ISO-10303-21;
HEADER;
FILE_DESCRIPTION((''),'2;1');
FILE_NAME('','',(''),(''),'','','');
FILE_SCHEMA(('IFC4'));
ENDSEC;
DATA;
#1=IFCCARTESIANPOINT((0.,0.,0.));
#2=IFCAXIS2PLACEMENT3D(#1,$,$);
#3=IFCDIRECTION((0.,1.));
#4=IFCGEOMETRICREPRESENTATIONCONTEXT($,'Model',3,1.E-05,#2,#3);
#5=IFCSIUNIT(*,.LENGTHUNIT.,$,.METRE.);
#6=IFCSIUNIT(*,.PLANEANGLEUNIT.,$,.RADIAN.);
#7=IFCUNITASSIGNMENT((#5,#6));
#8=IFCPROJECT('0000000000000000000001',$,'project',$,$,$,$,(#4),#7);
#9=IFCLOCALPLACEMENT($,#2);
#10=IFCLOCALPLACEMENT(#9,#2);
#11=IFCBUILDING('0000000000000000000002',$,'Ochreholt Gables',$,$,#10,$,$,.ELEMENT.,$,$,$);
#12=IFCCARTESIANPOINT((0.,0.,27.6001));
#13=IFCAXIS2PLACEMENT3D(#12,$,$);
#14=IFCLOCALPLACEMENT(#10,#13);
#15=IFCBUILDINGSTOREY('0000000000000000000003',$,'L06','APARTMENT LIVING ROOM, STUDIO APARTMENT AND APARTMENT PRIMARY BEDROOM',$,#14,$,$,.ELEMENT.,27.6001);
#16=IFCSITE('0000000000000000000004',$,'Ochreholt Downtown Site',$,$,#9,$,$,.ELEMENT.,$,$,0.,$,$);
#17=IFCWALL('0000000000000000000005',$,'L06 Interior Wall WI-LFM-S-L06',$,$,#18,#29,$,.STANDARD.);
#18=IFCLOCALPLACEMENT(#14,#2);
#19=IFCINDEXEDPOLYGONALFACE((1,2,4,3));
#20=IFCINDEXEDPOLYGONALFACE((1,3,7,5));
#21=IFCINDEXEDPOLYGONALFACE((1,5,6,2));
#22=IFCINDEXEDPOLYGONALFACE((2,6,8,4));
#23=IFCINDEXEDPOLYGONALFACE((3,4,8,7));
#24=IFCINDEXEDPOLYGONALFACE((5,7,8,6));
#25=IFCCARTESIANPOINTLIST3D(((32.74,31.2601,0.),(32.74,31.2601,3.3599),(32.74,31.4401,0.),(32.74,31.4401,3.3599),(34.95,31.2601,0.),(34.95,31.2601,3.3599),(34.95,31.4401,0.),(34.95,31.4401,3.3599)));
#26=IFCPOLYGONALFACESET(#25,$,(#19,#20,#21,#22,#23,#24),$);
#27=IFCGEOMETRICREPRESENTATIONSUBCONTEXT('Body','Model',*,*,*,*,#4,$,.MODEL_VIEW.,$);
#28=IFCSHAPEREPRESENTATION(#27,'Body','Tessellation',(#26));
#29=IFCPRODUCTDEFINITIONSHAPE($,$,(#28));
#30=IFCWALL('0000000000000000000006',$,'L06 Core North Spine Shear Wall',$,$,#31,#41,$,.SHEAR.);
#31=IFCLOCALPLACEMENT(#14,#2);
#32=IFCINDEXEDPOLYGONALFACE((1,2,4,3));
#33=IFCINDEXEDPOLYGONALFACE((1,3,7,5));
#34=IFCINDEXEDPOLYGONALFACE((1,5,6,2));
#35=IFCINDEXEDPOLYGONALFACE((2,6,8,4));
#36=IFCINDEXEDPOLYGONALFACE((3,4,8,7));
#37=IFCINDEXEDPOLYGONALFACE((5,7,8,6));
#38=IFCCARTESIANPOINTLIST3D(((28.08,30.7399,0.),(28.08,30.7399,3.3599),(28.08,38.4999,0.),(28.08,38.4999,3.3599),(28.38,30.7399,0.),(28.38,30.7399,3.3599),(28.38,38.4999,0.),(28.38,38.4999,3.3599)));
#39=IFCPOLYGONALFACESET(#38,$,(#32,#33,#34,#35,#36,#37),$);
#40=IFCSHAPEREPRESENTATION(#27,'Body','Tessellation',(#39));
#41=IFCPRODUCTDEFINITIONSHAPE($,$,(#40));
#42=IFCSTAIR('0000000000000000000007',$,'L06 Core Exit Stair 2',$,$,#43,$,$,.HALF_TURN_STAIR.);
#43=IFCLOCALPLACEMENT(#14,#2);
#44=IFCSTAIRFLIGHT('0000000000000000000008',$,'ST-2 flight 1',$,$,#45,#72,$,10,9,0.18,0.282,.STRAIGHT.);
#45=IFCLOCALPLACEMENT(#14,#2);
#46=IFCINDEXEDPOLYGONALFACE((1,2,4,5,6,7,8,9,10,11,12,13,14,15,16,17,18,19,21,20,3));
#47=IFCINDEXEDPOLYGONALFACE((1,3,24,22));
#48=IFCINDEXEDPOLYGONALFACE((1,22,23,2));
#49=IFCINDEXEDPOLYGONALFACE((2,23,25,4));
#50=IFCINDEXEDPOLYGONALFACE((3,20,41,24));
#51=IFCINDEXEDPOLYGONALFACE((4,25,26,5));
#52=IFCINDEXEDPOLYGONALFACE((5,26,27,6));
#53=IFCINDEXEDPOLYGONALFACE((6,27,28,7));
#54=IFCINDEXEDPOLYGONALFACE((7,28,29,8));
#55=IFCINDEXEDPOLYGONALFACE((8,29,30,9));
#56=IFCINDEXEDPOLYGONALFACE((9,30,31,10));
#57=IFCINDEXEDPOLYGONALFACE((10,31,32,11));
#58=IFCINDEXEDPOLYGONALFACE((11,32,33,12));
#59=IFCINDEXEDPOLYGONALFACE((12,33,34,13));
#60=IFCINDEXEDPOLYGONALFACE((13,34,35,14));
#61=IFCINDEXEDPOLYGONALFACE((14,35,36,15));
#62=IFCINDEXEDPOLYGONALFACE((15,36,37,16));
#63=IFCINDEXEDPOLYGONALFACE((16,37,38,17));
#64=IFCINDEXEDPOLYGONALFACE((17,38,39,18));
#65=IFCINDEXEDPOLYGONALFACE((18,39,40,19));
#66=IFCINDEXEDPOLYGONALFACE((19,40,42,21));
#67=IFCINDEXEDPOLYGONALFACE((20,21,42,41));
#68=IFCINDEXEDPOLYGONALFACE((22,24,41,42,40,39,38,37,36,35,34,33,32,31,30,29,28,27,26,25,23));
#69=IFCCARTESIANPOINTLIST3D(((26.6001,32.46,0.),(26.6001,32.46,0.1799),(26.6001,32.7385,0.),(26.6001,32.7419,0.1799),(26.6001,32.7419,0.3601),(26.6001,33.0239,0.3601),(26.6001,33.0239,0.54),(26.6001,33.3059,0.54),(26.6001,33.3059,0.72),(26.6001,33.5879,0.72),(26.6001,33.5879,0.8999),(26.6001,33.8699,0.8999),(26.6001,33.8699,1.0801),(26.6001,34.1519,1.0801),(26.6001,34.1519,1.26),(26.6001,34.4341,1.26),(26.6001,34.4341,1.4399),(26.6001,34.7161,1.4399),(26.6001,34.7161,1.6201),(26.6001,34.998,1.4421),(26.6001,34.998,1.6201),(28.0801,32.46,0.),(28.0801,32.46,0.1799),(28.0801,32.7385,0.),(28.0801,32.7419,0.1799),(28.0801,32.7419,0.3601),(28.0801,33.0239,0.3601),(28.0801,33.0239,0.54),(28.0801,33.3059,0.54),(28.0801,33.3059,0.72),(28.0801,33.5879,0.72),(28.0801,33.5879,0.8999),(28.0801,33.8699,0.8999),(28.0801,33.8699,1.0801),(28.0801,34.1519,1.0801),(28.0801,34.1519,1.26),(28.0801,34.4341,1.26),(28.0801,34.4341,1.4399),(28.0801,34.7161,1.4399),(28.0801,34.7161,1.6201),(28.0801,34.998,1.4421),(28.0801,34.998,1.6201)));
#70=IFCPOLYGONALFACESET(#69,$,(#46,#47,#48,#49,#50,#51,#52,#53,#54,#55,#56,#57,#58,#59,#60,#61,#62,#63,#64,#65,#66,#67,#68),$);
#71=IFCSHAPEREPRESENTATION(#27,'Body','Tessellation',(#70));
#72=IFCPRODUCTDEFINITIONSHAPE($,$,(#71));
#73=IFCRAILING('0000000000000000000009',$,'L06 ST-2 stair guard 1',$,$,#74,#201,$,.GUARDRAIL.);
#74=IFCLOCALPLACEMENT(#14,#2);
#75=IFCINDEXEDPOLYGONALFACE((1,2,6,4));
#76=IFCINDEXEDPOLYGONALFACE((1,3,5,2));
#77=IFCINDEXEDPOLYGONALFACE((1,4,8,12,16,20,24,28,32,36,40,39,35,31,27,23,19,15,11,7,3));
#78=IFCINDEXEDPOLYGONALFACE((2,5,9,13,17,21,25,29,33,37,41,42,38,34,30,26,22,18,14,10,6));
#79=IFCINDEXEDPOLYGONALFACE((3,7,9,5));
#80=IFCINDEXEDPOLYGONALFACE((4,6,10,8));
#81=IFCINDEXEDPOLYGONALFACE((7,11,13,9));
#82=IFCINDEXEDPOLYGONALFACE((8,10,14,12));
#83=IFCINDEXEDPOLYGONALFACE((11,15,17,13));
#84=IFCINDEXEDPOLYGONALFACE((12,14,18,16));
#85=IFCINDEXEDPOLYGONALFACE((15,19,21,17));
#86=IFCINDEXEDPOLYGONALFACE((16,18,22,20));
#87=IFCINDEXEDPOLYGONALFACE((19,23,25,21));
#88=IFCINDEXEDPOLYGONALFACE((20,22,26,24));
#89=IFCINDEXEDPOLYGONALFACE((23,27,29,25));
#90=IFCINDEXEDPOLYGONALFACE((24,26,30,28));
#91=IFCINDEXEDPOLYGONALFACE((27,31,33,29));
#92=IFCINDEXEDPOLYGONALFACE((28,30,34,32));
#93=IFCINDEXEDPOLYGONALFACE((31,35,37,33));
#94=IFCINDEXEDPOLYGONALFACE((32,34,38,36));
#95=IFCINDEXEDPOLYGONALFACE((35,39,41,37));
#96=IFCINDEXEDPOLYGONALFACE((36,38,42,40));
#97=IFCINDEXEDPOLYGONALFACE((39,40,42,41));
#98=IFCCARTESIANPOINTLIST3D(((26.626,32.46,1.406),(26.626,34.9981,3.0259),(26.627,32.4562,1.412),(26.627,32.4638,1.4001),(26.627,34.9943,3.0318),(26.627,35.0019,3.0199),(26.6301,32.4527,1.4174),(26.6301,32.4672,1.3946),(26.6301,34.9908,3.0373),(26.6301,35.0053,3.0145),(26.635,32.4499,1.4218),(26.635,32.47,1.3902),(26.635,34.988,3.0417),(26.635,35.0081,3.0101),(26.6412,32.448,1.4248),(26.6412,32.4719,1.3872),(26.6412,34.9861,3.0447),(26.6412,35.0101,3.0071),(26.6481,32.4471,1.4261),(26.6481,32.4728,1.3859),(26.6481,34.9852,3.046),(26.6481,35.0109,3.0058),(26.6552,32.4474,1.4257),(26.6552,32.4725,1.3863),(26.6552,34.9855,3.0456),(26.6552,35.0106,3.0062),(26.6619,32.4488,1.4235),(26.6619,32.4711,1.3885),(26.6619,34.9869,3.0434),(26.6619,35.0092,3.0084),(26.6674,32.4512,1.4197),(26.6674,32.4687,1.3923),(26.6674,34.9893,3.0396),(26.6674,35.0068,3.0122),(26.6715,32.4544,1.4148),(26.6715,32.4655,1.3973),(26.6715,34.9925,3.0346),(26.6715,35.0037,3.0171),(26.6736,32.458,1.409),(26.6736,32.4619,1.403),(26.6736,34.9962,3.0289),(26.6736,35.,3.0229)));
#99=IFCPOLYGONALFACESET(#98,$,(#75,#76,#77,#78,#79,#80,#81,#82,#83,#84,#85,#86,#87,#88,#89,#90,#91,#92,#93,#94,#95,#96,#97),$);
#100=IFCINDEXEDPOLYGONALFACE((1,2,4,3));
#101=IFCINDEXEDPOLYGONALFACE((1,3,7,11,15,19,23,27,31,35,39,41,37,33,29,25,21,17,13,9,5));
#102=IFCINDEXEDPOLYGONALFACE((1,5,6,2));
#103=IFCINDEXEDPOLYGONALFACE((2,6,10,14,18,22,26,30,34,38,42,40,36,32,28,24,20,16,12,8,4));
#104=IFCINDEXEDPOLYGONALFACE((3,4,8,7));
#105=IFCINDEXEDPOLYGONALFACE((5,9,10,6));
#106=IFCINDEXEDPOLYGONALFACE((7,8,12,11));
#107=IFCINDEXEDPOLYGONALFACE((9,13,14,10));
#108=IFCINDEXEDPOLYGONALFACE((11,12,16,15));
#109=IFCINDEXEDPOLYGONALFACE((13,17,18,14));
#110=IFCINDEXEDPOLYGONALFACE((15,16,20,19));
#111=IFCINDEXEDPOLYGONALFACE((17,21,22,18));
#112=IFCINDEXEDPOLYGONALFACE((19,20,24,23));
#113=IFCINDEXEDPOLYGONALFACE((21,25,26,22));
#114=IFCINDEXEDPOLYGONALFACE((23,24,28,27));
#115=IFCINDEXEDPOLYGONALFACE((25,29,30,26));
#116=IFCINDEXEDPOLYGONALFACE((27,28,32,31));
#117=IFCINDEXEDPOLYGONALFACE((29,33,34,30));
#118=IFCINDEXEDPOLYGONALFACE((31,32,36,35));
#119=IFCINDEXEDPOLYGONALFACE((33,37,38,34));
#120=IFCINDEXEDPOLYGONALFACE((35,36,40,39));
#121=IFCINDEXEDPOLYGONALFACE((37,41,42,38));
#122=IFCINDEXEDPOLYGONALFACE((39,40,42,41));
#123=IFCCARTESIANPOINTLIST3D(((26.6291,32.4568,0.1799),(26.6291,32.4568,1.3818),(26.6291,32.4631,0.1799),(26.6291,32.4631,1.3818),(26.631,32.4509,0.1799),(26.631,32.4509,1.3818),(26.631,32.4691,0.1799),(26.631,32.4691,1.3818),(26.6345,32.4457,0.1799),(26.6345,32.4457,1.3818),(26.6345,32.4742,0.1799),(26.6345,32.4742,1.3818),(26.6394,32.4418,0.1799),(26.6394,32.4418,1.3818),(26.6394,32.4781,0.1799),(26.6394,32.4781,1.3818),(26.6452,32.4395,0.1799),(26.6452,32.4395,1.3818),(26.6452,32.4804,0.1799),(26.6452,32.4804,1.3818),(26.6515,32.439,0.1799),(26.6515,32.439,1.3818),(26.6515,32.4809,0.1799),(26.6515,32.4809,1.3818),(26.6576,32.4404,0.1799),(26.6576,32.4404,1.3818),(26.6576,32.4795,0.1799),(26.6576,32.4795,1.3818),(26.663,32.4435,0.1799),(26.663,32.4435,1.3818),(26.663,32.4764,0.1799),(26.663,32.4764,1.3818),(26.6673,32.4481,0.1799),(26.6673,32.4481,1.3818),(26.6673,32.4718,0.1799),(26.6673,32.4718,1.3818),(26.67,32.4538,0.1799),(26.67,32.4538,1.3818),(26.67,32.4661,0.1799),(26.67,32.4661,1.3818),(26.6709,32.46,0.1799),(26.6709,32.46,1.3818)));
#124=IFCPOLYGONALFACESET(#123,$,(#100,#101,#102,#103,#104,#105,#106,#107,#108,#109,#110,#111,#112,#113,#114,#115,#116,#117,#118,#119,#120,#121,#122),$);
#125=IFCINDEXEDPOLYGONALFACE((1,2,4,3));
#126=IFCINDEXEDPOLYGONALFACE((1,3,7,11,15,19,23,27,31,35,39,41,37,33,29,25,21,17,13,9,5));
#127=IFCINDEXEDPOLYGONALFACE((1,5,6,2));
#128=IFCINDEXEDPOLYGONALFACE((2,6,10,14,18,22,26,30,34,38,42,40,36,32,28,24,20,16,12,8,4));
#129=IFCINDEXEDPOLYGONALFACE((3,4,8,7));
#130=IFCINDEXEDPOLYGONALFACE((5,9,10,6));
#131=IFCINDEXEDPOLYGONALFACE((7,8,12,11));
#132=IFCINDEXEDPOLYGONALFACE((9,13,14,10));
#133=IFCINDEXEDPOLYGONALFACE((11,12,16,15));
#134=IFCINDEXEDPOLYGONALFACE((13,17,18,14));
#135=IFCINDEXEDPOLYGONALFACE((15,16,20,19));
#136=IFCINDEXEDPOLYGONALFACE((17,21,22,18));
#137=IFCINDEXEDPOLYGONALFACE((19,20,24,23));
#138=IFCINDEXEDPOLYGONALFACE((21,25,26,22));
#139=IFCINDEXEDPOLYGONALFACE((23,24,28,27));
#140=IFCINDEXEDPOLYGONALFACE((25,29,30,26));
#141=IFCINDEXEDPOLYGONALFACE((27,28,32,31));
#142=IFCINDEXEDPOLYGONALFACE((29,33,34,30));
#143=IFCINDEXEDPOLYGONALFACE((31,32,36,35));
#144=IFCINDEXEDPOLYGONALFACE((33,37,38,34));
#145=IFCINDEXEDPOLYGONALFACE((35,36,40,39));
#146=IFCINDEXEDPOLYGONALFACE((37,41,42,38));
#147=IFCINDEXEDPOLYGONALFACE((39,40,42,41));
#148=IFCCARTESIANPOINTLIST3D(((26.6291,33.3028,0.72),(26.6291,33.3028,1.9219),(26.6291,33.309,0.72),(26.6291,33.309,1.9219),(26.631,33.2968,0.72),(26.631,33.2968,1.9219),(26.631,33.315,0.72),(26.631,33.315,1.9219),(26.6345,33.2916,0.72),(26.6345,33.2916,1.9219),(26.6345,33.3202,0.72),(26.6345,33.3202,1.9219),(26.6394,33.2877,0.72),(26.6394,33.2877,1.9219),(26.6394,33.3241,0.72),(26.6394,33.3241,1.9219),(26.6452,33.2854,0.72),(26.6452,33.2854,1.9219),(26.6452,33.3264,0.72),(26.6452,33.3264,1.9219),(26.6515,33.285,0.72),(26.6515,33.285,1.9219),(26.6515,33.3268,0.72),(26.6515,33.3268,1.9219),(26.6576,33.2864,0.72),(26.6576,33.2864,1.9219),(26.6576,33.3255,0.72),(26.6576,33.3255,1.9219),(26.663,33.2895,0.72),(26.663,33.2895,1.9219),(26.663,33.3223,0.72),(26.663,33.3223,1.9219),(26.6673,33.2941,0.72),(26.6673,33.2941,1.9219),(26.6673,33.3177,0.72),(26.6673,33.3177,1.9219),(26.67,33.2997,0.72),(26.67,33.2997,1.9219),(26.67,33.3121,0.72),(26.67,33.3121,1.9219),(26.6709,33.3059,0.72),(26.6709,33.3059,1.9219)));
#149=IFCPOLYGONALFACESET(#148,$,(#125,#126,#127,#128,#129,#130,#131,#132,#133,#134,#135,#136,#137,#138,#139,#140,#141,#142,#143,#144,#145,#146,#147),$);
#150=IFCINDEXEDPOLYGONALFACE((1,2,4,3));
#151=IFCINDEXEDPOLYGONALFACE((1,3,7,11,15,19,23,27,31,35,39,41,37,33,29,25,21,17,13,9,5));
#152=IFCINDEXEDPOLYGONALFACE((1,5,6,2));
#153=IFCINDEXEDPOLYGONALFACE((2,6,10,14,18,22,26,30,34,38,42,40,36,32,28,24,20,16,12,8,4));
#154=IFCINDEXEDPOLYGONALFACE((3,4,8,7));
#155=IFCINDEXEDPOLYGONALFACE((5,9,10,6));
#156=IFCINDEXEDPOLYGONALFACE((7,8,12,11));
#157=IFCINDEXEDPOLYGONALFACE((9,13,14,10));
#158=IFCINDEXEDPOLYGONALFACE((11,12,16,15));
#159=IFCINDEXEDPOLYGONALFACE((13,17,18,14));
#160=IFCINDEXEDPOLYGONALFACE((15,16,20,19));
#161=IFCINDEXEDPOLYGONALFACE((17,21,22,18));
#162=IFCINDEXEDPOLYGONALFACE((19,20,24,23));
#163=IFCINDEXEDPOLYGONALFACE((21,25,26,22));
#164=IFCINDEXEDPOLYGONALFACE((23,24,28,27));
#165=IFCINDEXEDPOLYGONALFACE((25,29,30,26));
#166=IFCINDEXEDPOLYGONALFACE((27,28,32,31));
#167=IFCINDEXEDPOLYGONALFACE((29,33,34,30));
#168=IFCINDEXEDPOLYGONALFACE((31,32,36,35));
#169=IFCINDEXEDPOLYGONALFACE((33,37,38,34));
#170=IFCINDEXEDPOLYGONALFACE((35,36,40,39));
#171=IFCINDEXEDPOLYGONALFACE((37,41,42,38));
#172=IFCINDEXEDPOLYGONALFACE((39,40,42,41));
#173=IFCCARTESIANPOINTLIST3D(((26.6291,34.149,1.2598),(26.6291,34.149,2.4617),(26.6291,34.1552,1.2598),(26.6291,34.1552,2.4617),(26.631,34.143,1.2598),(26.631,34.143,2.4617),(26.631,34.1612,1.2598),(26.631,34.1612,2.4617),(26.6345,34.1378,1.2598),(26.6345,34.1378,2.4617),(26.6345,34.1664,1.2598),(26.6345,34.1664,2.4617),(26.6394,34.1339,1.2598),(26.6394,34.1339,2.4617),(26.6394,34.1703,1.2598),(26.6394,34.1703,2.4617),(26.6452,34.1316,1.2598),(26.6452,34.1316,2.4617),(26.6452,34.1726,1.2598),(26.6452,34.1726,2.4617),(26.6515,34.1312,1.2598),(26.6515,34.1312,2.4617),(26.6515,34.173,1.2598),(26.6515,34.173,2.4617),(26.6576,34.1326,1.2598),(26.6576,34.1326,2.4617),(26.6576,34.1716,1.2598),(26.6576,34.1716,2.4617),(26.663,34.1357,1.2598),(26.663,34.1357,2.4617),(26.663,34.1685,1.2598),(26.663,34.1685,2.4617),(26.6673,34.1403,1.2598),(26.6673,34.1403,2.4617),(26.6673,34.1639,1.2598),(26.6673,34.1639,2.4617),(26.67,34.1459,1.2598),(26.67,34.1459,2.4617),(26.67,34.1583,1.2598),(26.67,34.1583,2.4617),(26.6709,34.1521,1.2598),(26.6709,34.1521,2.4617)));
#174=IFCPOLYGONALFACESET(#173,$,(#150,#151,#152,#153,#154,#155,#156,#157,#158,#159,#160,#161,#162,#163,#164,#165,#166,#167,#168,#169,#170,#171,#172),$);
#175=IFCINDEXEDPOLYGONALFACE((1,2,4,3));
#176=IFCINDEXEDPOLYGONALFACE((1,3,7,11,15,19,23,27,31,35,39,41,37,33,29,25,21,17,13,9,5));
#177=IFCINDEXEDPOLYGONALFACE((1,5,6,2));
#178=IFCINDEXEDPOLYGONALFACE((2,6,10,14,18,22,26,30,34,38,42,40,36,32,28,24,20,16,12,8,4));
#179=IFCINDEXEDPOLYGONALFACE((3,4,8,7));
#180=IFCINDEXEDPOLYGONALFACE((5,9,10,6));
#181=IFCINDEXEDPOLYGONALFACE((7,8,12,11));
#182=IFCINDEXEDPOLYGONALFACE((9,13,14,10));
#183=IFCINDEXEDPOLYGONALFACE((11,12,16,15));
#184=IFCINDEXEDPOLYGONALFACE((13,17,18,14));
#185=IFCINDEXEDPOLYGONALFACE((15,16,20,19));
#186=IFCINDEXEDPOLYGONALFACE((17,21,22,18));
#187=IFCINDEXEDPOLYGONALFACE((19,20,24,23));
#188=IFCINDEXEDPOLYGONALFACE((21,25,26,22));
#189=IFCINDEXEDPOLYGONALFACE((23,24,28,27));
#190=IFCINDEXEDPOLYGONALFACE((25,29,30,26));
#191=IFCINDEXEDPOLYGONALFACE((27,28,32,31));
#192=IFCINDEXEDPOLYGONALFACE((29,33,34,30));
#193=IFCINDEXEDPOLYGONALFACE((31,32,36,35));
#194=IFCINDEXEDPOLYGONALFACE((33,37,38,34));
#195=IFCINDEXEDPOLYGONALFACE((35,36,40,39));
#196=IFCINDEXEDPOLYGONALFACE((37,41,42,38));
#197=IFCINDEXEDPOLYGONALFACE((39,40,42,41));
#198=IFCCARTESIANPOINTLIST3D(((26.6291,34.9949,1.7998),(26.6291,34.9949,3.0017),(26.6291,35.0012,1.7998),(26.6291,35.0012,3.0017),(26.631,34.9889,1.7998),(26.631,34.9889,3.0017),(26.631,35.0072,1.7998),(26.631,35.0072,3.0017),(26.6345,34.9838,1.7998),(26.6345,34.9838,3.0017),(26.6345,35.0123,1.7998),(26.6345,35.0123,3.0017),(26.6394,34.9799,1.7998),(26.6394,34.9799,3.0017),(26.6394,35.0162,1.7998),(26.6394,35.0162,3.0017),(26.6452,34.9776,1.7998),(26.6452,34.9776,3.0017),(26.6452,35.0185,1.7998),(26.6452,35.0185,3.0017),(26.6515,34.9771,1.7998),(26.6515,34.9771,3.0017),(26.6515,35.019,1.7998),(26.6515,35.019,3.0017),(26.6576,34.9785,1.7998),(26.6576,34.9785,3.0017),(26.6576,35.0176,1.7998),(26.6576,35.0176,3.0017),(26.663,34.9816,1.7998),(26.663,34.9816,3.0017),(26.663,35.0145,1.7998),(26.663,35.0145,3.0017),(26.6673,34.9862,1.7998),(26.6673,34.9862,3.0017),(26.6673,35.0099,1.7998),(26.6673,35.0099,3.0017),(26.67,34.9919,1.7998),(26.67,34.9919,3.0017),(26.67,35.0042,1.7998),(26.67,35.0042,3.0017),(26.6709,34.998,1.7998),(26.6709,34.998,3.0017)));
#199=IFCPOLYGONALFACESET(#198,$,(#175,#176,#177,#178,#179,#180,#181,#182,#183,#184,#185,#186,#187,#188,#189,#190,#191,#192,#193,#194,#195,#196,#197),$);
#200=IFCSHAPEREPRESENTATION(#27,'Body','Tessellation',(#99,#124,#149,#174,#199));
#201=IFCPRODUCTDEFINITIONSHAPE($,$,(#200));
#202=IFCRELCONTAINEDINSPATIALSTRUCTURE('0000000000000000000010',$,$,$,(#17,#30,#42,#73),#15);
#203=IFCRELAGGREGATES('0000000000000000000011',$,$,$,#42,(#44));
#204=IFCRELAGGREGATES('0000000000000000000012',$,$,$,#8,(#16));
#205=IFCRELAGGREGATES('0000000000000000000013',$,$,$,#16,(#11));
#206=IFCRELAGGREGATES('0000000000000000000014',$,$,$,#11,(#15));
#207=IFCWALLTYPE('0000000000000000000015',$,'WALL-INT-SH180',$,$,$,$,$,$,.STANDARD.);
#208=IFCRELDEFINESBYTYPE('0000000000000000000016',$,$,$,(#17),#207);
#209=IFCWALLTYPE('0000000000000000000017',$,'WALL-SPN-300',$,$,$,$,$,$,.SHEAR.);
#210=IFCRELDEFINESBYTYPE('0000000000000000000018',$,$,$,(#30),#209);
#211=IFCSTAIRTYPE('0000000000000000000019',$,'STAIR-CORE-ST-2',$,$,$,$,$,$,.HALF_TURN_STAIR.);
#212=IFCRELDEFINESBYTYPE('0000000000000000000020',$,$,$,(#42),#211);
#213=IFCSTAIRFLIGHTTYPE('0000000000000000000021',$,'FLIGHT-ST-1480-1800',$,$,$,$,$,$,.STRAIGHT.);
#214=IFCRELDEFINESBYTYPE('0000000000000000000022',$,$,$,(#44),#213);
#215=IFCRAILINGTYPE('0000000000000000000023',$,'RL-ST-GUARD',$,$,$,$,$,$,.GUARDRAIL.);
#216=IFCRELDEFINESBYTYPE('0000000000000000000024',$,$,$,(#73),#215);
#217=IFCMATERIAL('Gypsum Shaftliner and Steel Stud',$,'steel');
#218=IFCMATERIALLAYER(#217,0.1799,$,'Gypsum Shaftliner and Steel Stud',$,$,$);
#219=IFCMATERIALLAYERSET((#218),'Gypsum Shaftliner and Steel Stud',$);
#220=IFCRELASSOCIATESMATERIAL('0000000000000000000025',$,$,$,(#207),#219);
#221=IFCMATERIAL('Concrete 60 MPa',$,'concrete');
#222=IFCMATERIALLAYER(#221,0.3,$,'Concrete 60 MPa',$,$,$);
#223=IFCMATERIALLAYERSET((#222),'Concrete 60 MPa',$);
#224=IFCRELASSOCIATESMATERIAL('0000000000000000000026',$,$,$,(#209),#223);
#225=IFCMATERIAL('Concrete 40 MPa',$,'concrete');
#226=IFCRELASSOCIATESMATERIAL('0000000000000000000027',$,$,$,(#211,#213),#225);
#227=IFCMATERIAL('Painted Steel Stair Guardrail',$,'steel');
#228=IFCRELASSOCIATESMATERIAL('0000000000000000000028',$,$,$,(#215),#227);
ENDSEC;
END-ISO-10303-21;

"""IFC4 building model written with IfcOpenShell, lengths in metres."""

from ifc_helpers import new_model, si_unit, direction, frame, frame_2d, origin, origin_2d, place, context, subcontext, project, spatial, polyline, rectangle, circle, outline, extrude, material, layer, layer_set, type_object, element, aggregate, save


model = new_model("IFC4")

# Units and contexts
model_context = context("Model", 3, precision=1e-05, world=origin(), true_north=direction((0.0, 1.0)))
body_context = subcontext(model_context, "Body", "Model", "MODEL_VIEW")
ifc_project = project(units=[si_unit("LENGTHUNIT", "METRE"), si_unit("PLANEANGLEUNIT", "RADIAN")], contexts=[model_context])

# Site, building, storey
site_placement = place(None, origin())
site = spatial("IfcSite", under=ifc_project, at=site_placement, Name="Ochreholt Downtown Site", CompositionType="ELEMENT", RefElevation=0.0)
building_placement = place(site_placement, origin())
building = spatial("IfcBuilding", under=site, at=building_placement, Name="Ochreholt Gables", CompositionType="ELEMENT")
storey_placement = place(building_placement, frame((0.0, 0.0, 27.6001)))
storey = spatial("IfcBuildingStorey", under=building, at=storey_placement, Name="L06", Description="APARTMENT LIVING ROOM, STUDIO APARTMENT AND APARTMENT PRIMARY BEDROOM", CompositionType="ELEMENT", Elevation=27.6001)

# Shared definitions
ifc_material_1 = material(Name="Concrete 60 MPa", Category="concrete")

# Shared definitions
ifc_material_2 = material(Name="Concrete 40 MPa", Category="concrete")

# Walls
ifc_material_3 = material(Name="Gypsum Shaftliner and Steel Stud", Category="steel")
ifc_layer_1 = layer(ifc_material_3, 0.1799, Name="Gypsum Shaftliner and Steel Stud")
ifc_layer_set_1 = layer_set([ifc_layer_1], Name="Gypsum Shaftliner and Steel Stud")
wall_type_1 = type_object("IfcWallType", Name="WALL-INT-SH180", PredefinedType="STANDARD", material=ifc_layer_set_1)
wall_1_placement = place(storey_placement, frame((32.74, 31.3501, 0.0), z_axis=(0.0, 0.0, 1.0), x_axis=(1.0, 0.0, 0.0)))
element("IfcWall", 1, at=wall_1_placement, inside=storey, type_object=wall_type_1, Name="L06 Interior Wall WI-LFM-S-L06", PredefinedType="STANDARD", context=body_context, shape_type="SweptSolid", body=[
    extrude(rectangle(XDim=2.21, YDim=0.1799, at=frame_2d((1.105, 0.0))), origin(), (0.0, 0.0, 1.0), 3.3599),
])
ifc_layer_2 = layer(ifc_material_1, 0.3, Name="Concrete 60 MPa")
ifc_layer_set_2 = layer_set([ifc_layer_2], Name="Concrete 60 MPa")
wall_type_2 = type_object("IfcWallType", Name="WALL-SPN-300", PredefinedType="SHEAR", material=ifc_layer_set_2)
wall_2_placement = place(storey_placement, frame((28.23, 30.74, 0.0), z_axis=(0.0, 0.0, 1.0), x_axis=(0.0, 1.0, 0.0)))
element("IfcWall", 2, at=wall_2_placement, inside=storey, type_object=wall_type_2, Name="L06 Core North Spine Shear Wall", PredefinedType="SHEAR", context=body_context, shape_type="SweptSolid", body=[
    extrude(rectangle(XDim=7.76, YDim=0.3, at=frame_2d((3.8799, 0.0))), origin(), (0.0, 0.0, 1.0), 3.3599),
])

# Stair, stair flight
stair_type = type_object("IfcStairType", Name="STAIR-CORE-ST-2", PredefinedType="HALF_TURN_STAIR", material=ifc_material_2)
stair_placement = place(storey_placement, origin())
stair = element("IfcStair", 3, at=stair_placement, inside=storey, type_object=stair_type, Name="L06 Core Exit Stair 2", PredefinedType="HALF_TURN_STAIR")
stair_flight_type = type_object("IfcStairFlightType", Name="FLIGHT-ST-1480-1800", PredefinedType="STRAIGHT", material=ifc_material_2)
stair_flight_placement = place(storey_placement, frame((27.3401, 32.46, 0.0), z_axis=(0.0, 0.0, 1.0), x_axis=(0.0, 1.0, 0.0)))
stair_flight = element("IfcStairFlight", 4, at=stair_flight_placement, type_object=stair_flight_type, Name="ST-2 flight 1", NumberOfRisers=10, NumberOfTreads=9, PredefinedType="STRAIGHT", RiserHeight=0.18, TreadLength=0.282, context=body_context, shape_type="SweptSolid", body=[
    extrude(outline(polyline([(0.0, 0.0), (0.0, 0.1799), (0.282, 0.1799), (0.282, 0.3601), (0.564, 0.3601), (0.564, 0.54), (0.8459, 0.54), (0.8459, 0.72), (1.1279, 0.72), (1.1279, 0.8999), (1.4099, 0.8999), (1.4099, 1.0801), (1.6919, 1.0801), (1.6919, 1.26), (1.9741, 1.26), (1.9741, 1.4399), (2.2561, 1.4399), (2.2561, 1.6201), (2.5381, 1.6201), (2.5381, 1.8), (2.5381, 1.4421), (0.2786, 0.0), (0.0, 0.0)])), frame((0.0, 0.74, 0.0), z_axis=(0.0, -1.0, 0.0), x_axis=(1.0, 0.0, 0.0)), (0.0, 0.0, 1.0), 1.48),
])
aggregate(stair, [stair_flight])

# Railing
ifc_material_4 = material(Name="Painted Steel Stair Guardrail", Category="steel")
railing_type_1 = type_object("IfcRailingType", Name="RL-ST-GUARD", PredefinedType="GUARDRAIL", material=ifc_material_4)
railing_1_placement = place(storey_placement, frame((26.6499, 32.46, 0.1799)))
element("IfcRailing", 5, at=railing_1_placement, inside=storey, type_object=railing_type_1, Name="L06 ST-2 stair guard 1", PredefinedType="GUARDRAIL", context=body_context, shape_type="SweptSolid", body=[
    extrude(circle(Radius=0.0239, at=origin_2d()), frame((0.0, 0.0, 1.2261), z_axis=(0.0, 0.84295, 0.537993), x_axis=(-1.0, 0.0, 0.0)), (0.0, 0.0, 1.0), 3.011),
    extrude(circle(Radius=0.021, at=origin_2d()), origin(), (0.0, 0.0, 1.0), 1.2019),
    extrude(circle(Radius=0.021, at=origin_2d()), frame((0.0, 0.8459, 0.54)), (0.0, 0.0, 1.0), 1.2019),
    extrude(circle(Radius=0.021, at=origin_2d()), frame((0.0, 1.6921, 1.0798)), (0.0, 0.0, 1.0), 1.2019),
    extrude(circle(Radius=0.021, at=origin_2d()), frame((0.0, 2.5381, 1.6199)), (0.0, 0.0, 1.0), 1.2019),
])

save(model, "model.ifc")
